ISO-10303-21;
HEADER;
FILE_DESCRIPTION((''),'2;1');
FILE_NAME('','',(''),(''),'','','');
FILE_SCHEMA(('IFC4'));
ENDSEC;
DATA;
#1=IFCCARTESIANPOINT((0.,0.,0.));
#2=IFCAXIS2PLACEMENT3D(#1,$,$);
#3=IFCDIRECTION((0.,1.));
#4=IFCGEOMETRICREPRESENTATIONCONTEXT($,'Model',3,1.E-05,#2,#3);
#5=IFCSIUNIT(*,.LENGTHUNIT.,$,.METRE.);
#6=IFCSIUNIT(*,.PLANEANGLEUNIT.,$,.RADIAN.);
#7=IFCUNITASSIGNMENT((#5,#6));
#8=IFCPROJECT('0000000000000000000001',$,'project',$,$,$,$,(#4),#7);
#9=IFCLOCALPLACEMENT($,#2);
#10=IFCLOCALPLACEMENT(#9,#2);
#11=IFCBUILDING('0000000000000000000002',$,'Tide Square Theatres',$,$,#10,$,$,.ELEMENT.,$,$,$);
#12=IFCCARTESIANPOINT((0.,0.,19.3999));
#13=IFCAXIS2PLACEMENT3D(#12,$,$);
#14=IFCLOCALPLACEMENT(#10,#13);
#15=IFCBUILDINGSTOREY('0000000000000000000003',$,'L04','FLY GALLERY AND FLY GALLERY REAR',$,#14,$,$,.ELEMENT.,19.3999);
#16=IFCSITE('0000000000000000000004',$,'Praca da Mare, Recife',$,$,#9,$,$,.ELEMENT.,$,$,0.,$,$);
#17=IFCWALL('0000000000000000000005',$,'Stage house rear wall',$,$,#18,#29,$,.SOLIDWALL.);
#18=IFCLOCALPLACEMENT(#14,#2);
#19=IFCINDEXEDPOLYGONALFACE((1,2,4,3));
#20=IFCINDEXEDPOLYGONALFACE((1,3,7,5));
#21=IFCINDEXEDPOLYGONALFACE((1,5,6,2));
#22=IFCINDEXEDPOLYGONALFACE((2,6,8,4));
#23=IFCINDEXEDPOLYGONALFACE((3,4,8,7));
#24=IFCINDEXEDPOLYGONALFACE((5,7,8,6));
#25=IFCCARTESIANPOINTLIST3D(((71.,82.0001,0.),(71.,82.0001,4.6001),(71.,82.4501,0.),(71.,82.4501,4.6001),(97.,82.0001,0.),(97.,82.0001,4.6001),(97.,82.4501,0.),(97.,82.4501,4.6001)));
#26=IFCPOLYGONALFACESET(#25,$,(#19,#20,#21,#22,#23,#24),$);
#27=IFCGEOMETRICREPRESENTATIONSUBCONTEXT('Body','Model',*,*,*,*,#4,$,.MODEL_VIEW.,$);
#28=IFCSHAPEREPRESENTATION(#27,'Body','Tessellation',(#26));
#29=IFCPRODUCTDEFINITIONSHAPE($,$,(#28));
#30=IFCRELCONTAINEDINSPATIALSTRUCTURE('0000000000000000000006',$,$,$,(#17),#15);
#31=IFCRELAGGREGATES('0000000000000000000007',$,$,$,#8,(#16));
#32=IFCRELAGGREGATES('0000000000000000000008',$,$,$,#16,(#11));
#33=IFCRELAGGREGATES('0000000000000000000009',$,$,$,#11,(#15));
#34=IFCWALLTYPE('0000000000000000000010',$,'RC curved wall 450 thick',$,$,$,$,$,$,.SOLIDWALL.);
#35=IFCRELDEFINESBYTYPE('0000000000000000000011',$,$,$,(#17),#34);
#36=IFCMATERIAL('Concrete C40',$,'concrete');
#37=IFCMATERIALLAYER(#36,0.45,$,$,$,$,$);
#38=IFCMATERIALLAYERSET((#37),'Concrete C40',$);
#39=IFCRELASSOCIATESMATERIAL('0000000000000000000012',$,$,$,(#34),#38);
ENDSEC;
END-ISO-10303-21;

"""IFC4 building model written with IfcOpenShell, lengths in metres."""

from ifc_helpers import new_model, si_unit, direction, frame, frame_2d, origin, place, context, subcontext, project, spatial, rectangle, extrude, material, layer, layer_set, type_object, element, save


model = new_model("IFC4")

# Units and contexts
model_context = context("Model", 3, precision=1e-05, world=origin(), true_north=direction((0.0, 1.0)))
body_context = subcontext(model_context, "Body", "Model", "MODEL_VIEW")
ifc_project = project(units=[si_unit("LENGTHUNIT", "METRE"), si_unit("PLANEANGLEUNIT", "RADIAN")], contexts=[model_context])

# Site, building, storey
site_placement = place(None, origin())
site = spatial("IfcSite", under=ifc_project, at=site_placement, Name="Praca da Mare, Recife", CompositionType="ELEMENT", RefElevation=0.0)
building_placement = place(site_placement, origin())
building = spatial("IfcBuilding", under=site, at=building_placement, Name="Tide Square Theatres", CompositionType="ELEMENT")
storey_placement = place(building_placement, frame((0.0, 0.0, 19.3999)))
storey = spatial("IfcBuildingStorey", under=building, at=storey_placement, Name="L04", Description="FLY GALLERY AND FLY GALLERY REAR", CompositionType="ELEMENT", Elevation=19.3999)

# Wall
ifc_material_1 = material(Name="Concrete C40", Category="concrete")
ifc_layer_1 = layer(ifc_material_1, 0.45)
ifc_layer_set_1 = layer_set([ifc_layer_1], Name="Concrete C40")
wall_type_1 = type_object("IfcWallType", Name="RC curved wall 450 thick", PredefinedType="SOLIDWALL", material=ifc_layer_set_1)
wall_1_placement = place(storey_placement, frame((71.0, 82.2251, 0.0), z_axis=(0.0, 0.0, 1.0), x_axis=(1.0, 0.0, 0.0)))
element("IfcWall", 1, at=wall_1_placement, inside=storey, type_object=wall_type_1, Name="Stage house rear wall", PredefinedType="SOLIDWALL", context=body_context, shape_type="SweptSolid", body=[
    extrude(rectangle(XDim=26.0, YDim=0.45, at=frame_2d((13.0, 0.0))), origin(), (0.0, 0.0, 1.0), 4.6001),
])

save(model, "model.ifc")
